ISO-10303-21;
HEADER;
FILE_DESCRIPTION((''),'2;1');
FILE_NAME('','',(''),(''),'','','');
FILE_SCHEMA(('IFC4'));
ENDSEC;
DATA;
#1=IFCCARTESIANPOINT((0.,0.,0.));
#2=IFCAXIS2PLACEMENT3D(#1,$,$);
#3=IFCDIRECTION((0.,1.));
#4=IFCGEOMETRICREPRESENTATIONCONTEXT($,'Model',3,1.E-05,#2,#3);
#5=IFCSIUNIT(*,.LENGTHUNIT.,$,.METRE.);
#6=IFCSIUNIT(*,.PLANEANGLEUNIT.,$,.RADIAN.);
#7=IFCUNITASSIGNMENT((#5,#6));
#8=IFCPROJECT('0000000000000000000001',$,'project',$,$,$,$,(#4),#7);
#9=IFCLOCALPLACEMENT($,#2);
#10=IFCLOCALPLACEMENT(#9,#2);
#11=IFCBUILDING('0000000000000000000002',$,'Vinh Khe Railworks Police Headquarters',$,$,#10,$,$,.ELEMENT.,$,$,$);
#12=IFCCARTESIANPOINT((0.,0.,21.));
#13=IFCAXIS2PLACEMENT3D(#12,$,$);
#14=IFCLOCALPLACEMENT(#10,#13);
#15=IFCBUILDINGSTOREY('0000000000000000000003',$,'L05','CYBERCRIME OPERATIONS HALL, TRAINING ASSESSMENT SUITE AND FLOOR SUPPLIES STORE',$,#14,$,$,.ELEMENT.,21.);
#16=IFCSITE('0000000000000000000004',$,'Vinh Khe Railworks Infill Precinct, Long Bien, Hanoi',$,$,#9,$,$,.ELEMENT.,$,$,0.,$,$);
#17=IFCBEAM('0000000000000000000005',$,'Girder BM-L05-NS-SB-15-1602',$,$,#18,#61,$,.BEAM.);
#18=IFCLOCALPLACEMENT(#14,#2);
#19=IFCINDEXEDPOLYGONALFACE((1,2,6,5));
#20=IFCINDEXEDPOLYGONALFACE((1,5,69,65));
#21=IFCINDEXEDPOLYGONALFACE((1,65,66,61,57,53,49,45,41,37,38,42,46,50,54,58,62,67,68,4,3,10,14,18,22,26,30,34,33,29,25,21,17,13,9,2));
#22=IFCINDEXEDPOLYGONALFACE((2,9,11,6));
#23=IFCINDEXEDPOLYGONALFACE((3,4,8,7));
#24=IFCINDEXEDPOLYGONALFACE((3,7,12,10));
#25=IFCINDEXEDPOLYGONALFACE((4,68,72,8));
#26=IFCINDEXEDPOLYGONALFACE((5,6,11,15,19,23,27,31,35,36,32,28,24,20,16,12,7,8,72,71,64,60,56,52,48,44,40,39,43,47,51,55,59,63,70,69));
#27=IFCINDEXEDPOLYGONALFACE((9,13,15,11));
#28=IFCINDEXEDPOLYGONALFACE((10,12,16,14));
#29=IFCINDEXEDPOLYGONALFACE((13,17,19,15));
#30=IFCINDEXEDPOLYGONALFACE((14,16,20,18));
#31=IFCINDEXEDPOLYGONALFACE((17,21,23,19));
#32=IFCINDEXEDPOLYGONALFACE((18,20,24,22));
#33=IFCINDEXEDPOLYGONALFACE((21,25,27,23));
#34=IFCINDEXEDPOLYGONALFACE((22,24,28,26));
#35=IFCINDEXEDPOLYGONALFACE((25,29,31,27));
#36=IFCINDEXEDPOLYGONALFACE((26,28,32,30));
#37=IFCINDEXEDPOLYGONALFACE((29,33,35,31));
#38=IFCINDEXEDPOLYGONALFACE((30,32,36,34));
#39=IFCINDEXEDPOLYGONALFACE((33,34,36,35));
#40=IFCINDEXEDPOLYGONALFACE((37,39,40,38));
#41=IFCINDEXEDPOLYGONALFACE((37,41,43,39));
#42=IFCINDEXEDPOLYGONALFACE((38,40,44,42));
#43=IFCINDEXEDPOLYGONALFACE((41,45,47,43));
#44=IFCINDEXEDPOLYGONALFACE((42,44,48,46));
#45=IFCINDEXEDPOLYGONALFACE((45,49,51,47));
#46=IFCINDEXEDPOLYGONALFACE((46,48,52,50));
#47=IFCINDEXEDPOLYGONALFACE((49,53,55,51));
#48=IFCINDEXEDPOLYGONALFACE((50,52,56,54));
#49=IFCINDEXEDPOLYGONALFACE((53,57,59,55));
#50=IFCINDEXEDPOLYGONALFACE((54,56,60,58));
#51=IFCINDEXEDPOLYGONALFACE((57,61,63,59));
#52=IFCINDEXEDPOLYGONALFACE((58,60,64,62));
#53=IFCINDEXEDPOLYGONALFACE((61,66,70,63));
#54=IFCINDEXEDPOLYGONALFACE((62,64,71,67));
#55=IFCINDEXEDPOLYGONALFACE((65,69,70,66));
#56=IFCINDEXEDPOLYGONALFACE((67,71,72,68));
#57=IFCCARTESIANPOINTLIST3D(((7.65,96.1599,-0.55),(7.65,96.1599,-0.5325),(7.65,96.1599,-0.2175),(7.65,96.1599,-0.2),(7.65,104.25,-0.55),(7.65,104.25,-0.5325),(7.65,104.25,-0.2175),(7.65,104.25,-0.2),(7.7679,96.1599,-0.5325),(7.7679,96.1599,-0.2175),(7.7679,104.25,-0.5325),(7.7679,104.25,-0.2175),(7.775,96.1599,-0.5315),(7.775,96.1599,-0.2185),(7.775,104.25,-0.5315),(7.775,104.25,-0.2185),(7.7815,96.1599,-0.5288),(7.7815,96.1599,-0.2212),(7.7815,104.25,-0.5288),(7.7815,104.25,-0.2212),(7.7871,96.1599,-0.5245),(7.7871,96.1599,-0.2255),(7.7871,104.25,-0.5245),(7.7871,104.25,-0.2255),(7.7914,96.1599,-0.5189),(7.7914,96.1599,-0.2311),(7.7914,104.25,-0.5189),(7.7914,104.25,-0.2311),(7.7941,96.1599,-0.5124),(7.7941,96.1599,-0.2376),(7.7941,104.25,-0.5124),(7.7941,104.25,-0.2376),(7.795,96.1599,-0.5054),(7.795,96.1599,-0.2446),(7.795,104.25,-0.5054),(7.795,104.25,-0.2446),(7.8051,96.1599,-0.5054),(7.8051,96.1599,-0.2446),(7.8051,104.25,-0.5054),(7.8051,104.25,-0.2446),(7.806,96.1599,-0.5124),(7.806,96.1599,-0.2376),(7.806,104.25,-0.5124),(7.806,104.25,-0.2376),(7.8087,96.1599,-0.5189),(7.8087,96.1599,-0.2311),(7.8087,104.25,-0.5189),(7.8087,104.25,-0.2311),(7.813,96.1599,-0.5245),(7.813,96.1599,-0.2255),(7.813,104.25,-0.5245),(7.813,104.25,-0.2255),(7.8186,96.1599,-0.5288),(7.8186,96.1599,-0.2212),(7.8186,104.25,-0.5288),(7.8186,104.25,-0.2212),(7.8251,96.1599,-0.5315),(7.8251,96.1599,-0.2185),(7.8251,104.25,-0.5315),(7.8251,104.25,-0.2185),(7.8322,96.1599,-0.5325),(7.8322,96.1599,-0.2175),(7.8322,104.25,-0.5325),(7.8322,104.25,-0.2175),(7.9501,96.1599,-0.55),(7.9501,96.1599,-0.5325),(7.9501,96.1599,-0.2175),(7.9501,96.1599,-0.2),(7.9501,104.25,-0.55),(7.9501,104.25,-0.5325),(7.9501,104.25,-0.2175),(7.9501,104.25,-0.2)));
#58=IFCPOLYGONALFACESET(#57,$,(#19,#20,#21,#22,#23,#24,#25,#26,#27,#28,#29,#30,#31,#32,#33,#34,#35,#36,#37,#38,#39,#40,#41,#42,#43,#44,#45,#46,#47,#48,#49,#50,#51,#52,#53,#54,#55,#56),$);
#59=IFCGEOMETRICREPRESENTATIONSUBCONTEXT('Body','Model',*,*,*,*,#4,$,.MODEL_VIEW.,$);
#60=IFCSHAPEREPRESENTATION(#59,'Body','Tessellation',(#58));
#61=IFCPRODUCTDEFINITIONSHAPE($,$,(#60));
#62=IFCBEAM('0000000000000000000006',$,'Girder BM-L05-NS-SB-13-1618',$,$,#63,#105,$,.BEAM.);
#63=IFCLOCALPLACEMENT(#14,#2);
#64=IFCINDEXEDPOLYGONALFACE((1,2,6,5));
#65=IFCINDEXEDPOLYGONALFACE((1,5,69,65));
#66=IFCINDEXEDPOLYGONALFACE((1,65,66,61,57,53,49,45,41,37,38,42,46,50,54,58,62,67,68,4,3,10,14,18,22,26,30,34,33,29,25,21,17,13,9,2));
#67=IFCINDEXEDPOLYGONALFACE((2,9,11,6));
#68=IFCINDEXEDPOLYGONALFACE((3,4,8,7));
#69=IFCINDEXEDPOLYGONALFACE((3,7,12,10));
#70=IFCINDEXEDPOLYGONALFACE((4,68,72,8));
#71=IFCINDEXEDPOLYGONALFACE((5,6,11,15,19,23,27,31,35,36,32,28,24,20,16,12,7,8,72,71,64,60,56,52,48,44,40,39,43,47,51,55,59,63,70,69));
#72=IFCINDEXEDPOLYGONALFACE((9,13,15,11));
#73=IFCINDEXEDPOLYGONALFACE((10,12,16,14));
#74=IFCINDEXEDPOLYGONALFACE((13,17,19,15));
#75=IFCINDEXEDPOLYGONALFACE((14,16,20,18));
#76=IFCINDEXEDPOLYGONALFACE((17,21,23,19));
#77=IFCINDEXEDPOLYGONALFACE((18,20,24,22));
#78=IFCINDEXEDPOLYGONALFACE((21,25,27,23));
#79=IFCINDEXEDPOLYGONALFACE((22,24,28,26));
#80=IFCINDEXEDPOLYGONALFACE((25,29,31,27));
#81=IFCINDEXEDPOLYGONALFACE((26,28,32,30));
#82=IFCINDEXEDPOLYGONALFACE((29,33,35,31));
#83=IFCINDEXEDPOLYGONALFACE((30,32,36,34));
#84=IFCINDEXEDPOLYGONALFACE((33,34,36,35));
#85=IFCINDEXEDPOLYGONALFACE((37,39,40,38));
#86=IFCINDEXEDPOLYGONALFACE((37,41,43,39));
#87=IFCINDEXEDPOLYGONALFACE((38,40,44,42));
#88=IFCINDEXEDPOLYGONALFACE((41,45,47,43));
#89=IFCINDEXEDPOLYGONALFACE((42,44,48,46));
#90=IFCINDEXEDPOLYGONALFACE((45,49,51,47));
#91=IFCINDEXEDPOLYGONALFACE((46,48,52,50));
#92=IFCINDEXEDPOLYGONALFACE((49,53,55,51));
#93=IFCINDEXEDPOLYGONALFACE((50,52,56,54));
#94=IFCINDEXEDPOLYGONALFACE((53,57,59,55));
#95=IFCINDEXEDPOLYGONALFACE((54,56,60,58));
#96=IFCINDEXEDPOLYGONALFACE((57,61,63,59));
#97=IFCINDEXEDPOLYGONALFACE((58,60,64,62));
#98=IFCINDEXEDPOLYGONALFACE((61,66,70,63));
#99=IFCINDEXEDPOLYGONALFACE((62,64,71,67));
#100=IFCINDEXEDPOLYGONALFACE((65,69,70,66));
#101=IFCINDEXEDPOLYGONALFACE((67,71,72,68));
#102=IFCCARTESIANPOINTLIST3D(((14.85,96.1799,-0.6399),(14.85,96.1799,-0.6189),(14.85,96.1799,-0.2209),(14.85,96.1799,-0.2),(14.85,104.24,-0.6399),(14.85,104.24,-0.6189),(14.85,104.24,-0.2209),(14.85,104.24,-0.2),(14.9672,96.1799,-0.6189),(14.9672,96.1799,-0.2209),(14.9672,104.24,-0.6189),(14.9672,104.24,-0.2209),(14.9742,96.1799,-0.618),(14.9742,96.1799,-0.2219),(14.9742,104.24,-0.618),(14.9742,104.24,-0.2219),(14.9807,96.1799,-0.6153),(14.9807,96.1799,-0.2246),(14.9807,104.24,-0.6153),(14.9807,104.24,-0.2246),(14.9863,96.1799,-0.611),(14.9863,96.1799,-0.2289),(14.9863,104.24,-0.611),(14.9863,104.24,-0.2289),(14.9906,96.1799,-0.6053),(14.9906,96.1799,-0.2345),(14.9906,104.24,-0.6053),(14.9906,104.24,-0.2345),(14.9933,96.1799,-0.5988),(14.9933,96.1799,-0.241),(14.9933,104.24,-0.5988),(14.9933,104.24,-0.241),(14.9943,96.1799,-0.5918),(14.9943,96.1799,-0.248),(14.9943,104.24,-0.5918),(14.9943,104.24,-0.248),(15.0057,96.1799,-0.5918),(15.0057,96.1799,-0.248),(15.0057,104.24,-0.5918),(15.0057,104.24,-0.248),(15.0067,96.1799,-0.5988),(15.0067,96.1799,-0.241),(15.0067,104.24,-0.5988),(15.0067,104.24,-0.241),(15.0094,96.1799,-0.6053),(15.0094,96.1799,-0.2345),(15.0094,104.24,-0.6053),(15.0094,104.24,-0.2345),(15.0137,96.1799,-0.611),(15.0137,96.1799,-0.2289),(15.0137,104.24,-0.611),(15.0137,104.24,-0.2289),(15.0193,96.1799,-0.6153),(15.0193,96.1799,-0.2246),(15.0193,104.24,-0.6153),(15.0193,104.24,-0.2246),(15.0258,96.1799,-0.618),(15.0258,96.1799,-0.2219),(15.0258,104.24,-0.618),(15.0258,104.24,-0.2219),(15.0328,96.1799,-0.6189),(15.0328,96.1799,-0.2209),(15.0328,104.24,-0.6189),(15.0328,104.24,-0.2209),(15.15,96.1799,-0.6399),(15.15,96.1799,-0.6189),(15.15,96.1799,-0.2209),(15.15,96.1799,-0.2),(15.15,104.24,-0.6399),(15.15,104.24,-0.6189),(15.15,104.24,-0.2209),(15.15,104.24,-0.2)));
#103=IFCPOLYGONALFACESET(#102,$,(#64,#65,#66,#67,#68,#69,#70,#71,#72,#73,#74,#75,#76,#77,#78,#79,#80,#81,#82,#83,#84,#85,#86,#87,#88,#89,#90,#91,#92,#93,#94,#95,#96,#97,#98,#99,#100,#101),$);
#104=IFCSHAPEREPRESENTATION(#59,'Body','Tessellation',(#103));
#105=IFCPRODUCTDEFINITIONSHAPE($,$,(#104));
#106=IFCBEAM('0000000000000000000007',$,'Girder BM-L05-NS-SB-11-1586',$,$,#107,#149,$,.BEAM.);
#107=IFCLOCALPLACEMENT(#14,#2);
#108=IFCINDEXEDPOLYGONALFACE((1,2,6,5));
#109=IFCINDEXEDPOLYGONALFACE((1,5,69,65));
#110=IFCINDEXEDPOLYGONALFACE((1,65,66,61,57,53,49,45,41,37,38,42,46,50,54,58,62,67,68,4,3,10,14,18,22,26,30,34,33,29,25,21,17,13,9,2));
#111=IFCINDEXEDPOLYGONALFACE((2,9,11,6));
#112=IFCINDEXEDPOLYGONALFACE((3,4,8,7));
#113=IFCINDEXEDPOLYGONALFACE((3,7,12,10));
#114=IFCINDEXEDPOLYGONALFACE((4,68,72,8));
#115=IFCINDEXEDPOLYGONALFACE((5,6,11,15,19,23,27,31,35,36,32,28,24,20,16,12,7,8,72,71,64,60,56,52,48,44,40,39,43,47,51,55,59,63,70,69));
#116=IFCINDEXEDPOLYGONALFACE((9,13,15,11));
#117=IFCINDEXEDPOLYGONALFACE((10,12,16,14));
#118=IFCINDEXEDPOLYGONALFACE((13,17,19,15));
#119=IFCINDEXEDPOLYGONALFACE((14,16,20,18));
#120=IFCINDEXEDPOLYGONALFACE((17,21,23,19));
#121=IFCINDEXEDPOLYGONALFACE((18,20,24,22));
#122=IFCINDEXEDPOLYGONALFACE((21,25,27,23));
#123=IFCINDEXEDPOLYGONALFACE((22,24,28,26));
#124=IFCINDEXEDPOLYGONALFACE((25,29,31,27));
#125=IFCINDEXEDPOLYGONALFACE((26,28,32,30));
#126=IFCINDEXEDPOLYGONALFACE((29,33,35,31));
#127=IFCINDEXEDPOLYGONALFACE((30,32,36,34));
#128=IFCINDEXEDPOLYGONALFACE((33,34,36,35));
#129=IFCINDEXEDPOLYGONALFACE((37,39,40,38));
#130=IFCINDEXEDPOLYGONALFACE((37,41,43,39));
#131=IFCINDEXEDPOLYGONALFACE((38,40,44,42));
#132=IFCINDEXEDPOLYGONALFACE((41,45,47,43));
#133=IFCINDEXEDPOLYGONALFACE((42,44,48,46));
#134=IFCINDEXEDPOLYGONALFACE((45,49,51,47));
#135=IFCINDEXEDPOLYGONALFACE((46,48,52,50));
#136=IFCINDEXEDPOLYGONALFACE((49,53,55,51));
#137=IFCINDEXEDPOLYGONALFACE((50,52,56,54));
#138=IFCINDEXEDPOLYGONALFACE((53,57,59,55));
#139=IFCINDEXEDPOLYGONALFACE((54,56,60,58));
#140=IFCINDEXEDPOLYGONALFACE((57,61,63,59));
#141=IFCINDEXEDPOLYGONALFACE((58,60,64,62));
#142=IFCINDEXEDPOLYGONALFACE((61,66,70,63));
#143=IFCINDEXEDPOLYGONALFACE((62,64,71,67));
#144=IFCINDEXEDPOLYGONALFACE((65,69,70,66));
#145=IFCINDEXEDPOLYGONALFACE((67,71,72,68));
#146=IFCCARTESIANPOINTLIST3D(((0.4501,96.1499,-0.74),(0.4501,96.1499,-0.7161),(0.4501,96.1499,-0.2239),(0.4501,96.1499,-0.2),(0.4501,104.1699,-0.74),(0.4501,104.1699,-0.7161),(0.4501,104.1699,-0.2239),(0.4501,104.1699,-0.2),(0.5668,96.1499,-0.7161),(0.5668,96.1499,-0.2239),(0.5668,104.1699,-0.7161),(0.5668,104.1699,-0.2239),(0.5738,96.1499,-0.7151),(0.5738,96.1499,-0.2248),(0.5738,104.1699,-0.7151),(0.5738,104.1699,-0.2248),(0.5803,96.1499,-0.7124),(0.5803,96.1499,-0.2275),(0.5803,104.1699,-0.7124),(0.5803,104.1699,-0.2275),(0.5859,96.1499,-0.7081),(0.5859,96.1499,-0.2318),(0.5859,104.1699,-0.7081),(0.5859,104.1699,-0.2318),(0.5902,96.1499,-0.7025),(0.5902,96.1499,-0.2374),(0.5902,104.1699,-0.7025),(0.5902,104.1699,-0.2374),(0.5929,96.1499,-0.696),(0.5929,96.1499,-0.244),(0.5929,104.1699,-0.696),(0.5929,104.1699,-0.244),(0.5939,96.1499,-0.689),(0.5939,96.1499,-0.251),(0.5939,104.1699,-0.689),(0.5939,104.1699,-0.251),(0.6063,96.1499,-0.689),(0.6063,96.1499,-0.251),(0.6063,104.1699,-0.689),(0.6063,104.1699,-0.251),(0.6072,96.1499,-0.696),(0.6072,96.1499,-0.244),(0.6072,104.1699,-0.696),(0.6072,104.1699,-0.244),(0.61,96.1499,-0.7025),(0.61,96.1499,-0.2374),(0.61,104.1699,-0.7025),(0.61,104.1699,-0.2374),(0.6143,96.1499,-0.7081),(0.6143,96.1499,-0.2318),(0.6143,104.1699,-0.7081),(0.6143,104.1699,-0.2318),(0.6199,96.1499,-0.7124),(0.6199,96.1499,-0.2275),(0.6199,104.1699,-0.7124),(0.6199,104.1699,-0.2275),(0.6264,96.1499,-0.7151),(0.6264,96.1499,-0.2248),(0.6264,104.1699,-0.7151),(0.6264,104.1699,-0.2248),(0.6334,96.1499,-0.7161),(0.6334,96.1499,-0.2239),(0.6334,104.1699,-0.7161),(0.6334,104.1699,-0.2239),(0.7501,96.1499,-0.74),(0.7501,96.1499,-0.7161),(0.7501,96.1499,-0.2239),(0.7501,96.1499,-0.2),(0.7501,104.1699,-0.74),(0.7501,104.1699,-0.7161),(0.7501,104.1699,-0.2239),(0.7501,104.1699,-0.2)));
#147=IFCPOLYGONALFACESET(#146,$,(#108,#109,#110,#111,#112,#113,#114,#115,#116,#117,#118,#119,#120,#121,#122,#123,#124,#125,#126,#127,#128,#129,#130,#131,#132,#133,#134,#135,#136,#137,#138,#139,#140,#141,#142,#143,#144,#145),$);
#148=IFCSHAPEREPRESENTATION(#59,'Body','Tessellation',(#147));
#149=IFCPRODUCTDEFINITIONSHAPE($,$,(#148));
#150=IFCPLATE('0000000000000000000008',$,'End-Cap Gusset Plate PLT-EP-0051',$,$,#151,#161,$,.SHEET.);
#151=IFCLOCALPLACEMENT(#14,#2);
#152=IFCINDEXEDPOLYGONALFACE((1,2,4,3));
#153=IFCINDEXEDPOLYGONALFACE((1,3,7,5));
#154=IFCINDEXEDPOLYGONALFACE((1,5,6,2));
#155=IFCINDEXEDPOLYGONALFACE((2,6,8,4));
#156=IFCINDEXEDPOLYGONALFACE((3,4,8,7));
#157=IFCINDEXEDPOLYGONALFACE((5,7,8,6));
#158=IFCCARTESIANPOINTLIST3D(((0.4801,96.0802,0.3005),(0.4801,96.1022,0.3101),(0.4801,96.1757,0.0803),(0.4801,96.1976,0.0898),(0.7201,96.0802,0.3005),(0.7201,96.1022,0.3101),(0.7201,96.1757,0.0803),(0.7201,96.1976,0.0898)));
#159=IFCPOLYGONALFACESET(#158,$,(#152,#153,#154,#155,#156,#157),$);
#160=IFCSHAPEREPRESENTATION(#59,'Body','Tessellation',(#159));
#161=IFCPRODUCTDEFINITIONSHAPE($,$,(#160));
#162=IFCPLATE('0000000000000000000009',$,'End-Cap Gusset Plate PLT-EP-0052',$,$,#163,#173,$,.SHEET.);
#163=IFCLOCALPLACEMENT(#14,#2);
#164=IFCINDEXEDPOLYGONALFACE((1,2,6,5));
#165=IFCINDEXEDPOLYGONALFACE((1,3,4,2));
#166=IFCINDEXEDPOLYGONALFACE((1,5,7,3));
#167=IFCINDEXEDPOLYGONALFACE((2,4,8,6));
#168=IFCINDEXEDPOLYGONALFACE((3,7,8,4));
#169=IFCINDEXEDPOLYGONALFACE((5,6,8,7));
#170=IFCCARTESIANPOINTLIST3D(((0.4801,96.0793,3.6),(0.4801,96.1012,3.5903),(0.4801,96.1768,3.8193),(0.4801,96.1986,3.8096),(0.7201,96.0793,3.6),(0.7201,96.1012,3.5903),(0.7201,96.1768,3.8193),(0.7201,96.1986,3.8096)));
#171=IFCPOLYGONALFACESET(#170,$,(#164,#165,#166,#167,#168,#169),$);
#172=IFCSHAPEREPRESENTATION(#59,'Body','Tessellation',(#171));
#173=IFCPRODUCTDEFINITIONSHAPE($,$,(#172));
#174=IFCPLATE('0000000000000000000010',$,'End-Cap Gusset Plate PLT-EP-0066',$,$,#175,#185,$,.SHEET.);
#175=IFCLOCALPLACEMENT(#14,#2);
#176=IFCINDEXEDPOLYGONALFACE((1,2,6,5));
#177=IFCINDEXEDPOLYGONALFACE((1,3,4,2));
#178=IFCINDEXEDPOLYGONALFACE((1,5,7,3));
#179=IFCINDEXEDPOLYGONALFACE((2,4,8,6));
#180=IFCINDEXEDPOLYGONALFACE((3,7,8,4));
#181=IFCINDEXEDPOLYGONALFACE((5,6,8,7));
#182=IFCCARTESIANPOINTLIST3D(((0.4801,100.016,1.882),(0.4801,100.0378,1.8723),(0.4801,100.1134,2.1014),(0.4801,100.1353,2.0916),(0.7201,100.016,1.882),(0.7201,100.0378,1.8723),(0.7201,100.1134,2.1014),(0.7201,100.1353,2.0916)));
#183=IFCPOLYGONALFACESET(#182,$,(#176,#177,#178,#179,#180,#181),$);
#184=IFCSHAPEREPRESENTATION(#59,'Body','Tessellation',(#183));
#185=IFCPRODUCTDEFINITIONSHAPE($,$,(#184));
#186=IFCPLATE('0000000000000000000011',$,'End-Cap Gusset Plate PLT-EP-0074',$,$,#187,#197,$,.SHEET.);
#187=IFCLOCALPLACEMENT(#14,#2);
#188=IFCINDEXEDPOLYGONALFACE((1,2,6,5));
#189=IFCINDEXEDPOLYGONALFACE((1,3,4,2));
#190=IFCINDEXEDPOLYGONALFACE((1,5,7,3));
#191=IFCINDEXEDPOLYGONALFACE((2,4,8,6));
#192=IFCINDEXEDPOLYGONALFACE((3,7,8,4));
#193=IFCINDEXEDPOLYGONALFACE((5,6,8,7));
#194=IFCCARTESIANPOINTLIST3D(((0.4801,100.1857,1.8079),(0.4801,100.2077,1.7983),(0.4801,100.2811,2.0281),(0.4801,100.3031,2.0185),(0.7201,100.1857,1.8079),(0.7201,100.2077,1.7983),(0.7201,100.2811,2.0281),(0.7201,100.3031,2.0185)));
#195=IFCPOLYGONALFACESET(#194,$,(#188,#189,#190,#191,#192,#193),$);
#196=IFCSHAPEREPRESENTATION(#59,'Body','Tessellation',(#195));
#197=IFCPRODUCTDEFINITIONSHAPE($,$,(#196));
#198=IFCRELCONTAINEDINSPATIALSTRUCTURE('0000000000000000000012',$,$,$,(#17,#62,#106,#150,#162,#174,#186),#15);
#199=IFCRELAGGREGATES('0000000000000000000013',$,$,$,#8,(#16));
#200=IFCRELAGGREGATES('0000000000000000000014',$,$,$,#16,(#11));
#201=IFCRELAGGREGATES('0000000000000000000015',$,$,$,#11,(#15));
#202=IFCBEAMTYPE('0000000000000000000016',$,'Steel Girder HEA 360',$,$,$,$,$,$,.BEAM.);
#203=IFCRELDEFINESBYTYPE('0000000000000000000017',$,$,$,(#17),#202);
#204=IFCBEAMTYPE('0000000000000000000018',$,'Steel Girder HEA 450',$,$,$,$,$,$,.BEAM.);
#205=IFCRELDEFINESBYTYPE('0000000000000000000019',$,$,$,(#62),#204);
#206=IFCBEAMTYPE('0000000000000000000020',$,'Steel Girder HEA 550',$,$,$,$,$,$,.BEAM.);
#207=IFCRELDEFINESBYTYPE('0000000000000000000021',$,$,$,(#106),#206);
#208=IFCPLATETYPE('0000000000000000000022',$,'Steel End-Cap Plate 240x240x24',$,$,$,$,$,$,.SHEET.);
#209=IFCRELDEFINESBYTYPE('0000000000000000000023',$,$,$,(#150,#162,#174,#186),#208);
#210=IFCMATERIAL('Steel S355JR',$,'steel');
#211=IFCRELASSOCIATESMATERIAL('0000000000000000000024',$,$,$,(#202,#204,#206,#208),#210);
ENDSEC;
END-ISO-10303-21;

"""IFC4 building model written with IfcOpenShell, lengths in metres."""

from ifc_helpers import new_model, si_unit, direction, frame, origin, origin_2d, place, context, subcontext, project, spatial, rectangle, i_section, extrude, material, material_profile, profile_set, type_object, element, save


model = new_model("IFC4")

# Units and contexts
model_context = context("Model", 3, precision=1e-05, world=origin(), true_north=direction((0.0, 1.0)))
body_context = subcontext(model_context, "Body", "Model", "MODEL_VIEW")
ifc_project = project(units=[si_unit("LENGTHUNIT", "METRE"), si_unit("PLANEANGLEUNIT", "RADIAN")], contexts=[model_context])

# Site, building, storey
site_placement = place(None, origin())
site = spatial("IfcSite", under=ifc_project, at=site_placement, Name="Vinh Khe Railworks Infill Precinct, Long Bien, Hanoi", CompositionType="ELEMENT", RefElevation=0.0)
building_placement = place(site_placement, origin())
building = spatial("IfcBuilding", under=site, at=building_placement, Name="Vinh Khe Railworks Police Headquarters", CompositionType="ELEMENT")
storey_placement = place(building_placement, frame((0.0, 0.0, 21.0)))
storey = spatial("IfcBuildingStorey", under=building, at=storey_placement, Name="L05", Description="CYBERCRIME OPERATIONS HALL, TRAINING ASSESSMENT SUITE AND FLOOR SUPPLIES STORE", CompositionType="ELEMENT", Elevation=21.0)

# Shared definitions
ifc_material_1 = material(Name="Steel S355JR", Category="steel")

# Beams
ifc_material_profile_1 = material_profile(ifc_material_1, i_section(OverallWidth=0.3, OverallDepth=0.3501, WebThickness=0.01, FlangeThickness=0.0176, FilletRadius=0.0271, at=origin_2d()), Name="HEA 360")
ifc_profile_set_1 = profile_set([ifc_material_profile_1], Name="Steel S355JR")
beam_type_1 = type_object("IfcBeamType", Name="Steel Girder HEA 360", PredefinedType="BEAM", material=ifc_profile_set_1)
beam_1_placement = place(storey_placement, frame((7.8, 96.1599, -0.375), z_axis=(0.0, 1.0, 0.0), x_axis=(-1.0, 0.0, 0.0)))
element("IfcBeam", 1, at=beam_1_placement, inside=storey, type_object=beam_type_1, Name="Girder BM-L05-NS-SB-15-1602", PredefinedType="BEAM", context=body_context, shape_type="SweptSolid", body=[
    extrude(i_section(OverallWidth=0.3, OverallDepth=0.3501, WebThickness=0.01, FlangeThickness=0.0176, FilletRadius=0.0271, at=origin_2d()), origin(), (0.0, 0.0, 1.0), 8.0901),
])
ifc_material_profile_2 = material_profile(ifc_material_1, i_section(OverallWidth=0.3, OverallDepth=0.4399, WebThickness=0.0115, FlangeThickness=0.021, FilletRadius=0.0271, at=origin_2d()), Name="HEA 450")
ifc_profile_set_2 = profile_set([ifc_material_profile_2], Name="Steel S355JR")
beam_type_2 = type_object("IfcBeamType", Name="Steel Girder HEA 450", PredefinedType="BEAM", material=ifc_profile_set_2)
beam_2_placement = place(storey_placement, frame((15.0, 96.1799, -0.4199), z_axis=(0.0, 1.0, 0.0), x_axis=(-1.0, 0.0, 0.0)))
element("IfcBeam", 2, at=beam_2_placement, inside=storey, type_object=beam_type_2, Name="Girder BM-L05-NS-SB-13-1618", PredefinedType="BEAM", context=body_context, shape_type="SweptSolid", body=[
    extrude(i_section(OverallWidth=0.3, OverallDepth=0.4399, WebThickness=0.0115, FlangeThickness=0.021, FilletRadius=0.0271, at=origin_2d()), origin(), (0.0, 0.0, 1.0), 8.0601),
])
ifc_material_profile_3 = material_profile(ifc_material_1, i_section(OverallWidth=0.3, OverallDepth=0.54, WebThickness=0.0125, FlangeThickness=0.0239, FilletRadius=0.0271, at=origin_2d()), Name="HEA 550")
ifc_profile_set_3 = profile_set([ifc_material_profile_3], Name="Steel S355JR")
beam_type_3 = type_object("IfcBeamType", Name="Steel Girder HEA 550", PredefinedType="BEAM", material=ifc_profile_set_3)
beam_3_placement = place(storey_placement, frame((0.6001, 96.1499, -0.47), z_axis=(0.0, 1.0, 0.0), x_axis=(-1.0, 0.0, 0.0)))
element("IfcBeam", 3, at=beam_3_placement, inside=storey, type_object=beam_type_3, Name="Girder BM-L05-NS-SB-11-1586", PredefinedType="BEAM", context=body_context, shape_type="SweptSolid", body=[
    extrude(i_section(OverallWidth=0.3, OverallDepth=0.54, WebThickness=0.0125, FlangeThickness=0.0239, FilletRadius=0.0271, at=origin_2d()), origin(), (0.0, 0.0, 1.0), 8.02),
])

# Plates
ifc_material_profile_4 = material_profile(ifc_material_1, rectangle(XDim=0.24, YDim=0.24, at=origin_2d()), Name="PL 240x240")
ifc_profile_set_4 = profile_set([ifc_material_profile_4], Name="Steel S355JR")
plate_type = type_object("IfcPlateType", Name="Steel End-Cap Plate 240x240x24", PredefinedType="SHEET", material=ifc_profile_set_4)
for number, where, z_axis, x_axis, name in (
    (4, (0.6001, 96.1499, 0.2), (0.0, -0.917556, -0.397607), (1.0, 0.0, 0.0), "End-Cap Gusset Plate PLT-EP-0051"),
    (5, (0.6001, 96.1499, 3.7), (0.0, -0.913812, 0.406138), (1.0, 0.0, 0.0), "End-Cap Gusset Plate PLT-EP-0052"),
    (6, (0.6001, 100.0647, 1.9917), (0.0, 0.913812, -0.406138), (-1.0, 0.0, 0.0), "End-Cap Gusset Plate PLT-EP-0066"),
    (7, (0.6001, 100.2554, 1.9084), (0.0, -0.917556, 0.397607), (1.0, 0.0, 0.0), "End-Cap Gusset Plate PLT-EP-0074"),
):
    element("IfcPlate", number, at=place(storey_placement, frame(where, z_axis=z_axis, x_axis=x_axis)), inside=storey, type_object=plate_type, Name=name, PredefinedType="SHEET", context=body_context, shape_type="SweptSolid", body=[
        extrude(rectangle(XDim=0.24, YDim=0.24, at=origin_2d()), origin(), (0.0, 0.0, 1.0), 0.0239),
    ])

save(model, "model.ifc")
